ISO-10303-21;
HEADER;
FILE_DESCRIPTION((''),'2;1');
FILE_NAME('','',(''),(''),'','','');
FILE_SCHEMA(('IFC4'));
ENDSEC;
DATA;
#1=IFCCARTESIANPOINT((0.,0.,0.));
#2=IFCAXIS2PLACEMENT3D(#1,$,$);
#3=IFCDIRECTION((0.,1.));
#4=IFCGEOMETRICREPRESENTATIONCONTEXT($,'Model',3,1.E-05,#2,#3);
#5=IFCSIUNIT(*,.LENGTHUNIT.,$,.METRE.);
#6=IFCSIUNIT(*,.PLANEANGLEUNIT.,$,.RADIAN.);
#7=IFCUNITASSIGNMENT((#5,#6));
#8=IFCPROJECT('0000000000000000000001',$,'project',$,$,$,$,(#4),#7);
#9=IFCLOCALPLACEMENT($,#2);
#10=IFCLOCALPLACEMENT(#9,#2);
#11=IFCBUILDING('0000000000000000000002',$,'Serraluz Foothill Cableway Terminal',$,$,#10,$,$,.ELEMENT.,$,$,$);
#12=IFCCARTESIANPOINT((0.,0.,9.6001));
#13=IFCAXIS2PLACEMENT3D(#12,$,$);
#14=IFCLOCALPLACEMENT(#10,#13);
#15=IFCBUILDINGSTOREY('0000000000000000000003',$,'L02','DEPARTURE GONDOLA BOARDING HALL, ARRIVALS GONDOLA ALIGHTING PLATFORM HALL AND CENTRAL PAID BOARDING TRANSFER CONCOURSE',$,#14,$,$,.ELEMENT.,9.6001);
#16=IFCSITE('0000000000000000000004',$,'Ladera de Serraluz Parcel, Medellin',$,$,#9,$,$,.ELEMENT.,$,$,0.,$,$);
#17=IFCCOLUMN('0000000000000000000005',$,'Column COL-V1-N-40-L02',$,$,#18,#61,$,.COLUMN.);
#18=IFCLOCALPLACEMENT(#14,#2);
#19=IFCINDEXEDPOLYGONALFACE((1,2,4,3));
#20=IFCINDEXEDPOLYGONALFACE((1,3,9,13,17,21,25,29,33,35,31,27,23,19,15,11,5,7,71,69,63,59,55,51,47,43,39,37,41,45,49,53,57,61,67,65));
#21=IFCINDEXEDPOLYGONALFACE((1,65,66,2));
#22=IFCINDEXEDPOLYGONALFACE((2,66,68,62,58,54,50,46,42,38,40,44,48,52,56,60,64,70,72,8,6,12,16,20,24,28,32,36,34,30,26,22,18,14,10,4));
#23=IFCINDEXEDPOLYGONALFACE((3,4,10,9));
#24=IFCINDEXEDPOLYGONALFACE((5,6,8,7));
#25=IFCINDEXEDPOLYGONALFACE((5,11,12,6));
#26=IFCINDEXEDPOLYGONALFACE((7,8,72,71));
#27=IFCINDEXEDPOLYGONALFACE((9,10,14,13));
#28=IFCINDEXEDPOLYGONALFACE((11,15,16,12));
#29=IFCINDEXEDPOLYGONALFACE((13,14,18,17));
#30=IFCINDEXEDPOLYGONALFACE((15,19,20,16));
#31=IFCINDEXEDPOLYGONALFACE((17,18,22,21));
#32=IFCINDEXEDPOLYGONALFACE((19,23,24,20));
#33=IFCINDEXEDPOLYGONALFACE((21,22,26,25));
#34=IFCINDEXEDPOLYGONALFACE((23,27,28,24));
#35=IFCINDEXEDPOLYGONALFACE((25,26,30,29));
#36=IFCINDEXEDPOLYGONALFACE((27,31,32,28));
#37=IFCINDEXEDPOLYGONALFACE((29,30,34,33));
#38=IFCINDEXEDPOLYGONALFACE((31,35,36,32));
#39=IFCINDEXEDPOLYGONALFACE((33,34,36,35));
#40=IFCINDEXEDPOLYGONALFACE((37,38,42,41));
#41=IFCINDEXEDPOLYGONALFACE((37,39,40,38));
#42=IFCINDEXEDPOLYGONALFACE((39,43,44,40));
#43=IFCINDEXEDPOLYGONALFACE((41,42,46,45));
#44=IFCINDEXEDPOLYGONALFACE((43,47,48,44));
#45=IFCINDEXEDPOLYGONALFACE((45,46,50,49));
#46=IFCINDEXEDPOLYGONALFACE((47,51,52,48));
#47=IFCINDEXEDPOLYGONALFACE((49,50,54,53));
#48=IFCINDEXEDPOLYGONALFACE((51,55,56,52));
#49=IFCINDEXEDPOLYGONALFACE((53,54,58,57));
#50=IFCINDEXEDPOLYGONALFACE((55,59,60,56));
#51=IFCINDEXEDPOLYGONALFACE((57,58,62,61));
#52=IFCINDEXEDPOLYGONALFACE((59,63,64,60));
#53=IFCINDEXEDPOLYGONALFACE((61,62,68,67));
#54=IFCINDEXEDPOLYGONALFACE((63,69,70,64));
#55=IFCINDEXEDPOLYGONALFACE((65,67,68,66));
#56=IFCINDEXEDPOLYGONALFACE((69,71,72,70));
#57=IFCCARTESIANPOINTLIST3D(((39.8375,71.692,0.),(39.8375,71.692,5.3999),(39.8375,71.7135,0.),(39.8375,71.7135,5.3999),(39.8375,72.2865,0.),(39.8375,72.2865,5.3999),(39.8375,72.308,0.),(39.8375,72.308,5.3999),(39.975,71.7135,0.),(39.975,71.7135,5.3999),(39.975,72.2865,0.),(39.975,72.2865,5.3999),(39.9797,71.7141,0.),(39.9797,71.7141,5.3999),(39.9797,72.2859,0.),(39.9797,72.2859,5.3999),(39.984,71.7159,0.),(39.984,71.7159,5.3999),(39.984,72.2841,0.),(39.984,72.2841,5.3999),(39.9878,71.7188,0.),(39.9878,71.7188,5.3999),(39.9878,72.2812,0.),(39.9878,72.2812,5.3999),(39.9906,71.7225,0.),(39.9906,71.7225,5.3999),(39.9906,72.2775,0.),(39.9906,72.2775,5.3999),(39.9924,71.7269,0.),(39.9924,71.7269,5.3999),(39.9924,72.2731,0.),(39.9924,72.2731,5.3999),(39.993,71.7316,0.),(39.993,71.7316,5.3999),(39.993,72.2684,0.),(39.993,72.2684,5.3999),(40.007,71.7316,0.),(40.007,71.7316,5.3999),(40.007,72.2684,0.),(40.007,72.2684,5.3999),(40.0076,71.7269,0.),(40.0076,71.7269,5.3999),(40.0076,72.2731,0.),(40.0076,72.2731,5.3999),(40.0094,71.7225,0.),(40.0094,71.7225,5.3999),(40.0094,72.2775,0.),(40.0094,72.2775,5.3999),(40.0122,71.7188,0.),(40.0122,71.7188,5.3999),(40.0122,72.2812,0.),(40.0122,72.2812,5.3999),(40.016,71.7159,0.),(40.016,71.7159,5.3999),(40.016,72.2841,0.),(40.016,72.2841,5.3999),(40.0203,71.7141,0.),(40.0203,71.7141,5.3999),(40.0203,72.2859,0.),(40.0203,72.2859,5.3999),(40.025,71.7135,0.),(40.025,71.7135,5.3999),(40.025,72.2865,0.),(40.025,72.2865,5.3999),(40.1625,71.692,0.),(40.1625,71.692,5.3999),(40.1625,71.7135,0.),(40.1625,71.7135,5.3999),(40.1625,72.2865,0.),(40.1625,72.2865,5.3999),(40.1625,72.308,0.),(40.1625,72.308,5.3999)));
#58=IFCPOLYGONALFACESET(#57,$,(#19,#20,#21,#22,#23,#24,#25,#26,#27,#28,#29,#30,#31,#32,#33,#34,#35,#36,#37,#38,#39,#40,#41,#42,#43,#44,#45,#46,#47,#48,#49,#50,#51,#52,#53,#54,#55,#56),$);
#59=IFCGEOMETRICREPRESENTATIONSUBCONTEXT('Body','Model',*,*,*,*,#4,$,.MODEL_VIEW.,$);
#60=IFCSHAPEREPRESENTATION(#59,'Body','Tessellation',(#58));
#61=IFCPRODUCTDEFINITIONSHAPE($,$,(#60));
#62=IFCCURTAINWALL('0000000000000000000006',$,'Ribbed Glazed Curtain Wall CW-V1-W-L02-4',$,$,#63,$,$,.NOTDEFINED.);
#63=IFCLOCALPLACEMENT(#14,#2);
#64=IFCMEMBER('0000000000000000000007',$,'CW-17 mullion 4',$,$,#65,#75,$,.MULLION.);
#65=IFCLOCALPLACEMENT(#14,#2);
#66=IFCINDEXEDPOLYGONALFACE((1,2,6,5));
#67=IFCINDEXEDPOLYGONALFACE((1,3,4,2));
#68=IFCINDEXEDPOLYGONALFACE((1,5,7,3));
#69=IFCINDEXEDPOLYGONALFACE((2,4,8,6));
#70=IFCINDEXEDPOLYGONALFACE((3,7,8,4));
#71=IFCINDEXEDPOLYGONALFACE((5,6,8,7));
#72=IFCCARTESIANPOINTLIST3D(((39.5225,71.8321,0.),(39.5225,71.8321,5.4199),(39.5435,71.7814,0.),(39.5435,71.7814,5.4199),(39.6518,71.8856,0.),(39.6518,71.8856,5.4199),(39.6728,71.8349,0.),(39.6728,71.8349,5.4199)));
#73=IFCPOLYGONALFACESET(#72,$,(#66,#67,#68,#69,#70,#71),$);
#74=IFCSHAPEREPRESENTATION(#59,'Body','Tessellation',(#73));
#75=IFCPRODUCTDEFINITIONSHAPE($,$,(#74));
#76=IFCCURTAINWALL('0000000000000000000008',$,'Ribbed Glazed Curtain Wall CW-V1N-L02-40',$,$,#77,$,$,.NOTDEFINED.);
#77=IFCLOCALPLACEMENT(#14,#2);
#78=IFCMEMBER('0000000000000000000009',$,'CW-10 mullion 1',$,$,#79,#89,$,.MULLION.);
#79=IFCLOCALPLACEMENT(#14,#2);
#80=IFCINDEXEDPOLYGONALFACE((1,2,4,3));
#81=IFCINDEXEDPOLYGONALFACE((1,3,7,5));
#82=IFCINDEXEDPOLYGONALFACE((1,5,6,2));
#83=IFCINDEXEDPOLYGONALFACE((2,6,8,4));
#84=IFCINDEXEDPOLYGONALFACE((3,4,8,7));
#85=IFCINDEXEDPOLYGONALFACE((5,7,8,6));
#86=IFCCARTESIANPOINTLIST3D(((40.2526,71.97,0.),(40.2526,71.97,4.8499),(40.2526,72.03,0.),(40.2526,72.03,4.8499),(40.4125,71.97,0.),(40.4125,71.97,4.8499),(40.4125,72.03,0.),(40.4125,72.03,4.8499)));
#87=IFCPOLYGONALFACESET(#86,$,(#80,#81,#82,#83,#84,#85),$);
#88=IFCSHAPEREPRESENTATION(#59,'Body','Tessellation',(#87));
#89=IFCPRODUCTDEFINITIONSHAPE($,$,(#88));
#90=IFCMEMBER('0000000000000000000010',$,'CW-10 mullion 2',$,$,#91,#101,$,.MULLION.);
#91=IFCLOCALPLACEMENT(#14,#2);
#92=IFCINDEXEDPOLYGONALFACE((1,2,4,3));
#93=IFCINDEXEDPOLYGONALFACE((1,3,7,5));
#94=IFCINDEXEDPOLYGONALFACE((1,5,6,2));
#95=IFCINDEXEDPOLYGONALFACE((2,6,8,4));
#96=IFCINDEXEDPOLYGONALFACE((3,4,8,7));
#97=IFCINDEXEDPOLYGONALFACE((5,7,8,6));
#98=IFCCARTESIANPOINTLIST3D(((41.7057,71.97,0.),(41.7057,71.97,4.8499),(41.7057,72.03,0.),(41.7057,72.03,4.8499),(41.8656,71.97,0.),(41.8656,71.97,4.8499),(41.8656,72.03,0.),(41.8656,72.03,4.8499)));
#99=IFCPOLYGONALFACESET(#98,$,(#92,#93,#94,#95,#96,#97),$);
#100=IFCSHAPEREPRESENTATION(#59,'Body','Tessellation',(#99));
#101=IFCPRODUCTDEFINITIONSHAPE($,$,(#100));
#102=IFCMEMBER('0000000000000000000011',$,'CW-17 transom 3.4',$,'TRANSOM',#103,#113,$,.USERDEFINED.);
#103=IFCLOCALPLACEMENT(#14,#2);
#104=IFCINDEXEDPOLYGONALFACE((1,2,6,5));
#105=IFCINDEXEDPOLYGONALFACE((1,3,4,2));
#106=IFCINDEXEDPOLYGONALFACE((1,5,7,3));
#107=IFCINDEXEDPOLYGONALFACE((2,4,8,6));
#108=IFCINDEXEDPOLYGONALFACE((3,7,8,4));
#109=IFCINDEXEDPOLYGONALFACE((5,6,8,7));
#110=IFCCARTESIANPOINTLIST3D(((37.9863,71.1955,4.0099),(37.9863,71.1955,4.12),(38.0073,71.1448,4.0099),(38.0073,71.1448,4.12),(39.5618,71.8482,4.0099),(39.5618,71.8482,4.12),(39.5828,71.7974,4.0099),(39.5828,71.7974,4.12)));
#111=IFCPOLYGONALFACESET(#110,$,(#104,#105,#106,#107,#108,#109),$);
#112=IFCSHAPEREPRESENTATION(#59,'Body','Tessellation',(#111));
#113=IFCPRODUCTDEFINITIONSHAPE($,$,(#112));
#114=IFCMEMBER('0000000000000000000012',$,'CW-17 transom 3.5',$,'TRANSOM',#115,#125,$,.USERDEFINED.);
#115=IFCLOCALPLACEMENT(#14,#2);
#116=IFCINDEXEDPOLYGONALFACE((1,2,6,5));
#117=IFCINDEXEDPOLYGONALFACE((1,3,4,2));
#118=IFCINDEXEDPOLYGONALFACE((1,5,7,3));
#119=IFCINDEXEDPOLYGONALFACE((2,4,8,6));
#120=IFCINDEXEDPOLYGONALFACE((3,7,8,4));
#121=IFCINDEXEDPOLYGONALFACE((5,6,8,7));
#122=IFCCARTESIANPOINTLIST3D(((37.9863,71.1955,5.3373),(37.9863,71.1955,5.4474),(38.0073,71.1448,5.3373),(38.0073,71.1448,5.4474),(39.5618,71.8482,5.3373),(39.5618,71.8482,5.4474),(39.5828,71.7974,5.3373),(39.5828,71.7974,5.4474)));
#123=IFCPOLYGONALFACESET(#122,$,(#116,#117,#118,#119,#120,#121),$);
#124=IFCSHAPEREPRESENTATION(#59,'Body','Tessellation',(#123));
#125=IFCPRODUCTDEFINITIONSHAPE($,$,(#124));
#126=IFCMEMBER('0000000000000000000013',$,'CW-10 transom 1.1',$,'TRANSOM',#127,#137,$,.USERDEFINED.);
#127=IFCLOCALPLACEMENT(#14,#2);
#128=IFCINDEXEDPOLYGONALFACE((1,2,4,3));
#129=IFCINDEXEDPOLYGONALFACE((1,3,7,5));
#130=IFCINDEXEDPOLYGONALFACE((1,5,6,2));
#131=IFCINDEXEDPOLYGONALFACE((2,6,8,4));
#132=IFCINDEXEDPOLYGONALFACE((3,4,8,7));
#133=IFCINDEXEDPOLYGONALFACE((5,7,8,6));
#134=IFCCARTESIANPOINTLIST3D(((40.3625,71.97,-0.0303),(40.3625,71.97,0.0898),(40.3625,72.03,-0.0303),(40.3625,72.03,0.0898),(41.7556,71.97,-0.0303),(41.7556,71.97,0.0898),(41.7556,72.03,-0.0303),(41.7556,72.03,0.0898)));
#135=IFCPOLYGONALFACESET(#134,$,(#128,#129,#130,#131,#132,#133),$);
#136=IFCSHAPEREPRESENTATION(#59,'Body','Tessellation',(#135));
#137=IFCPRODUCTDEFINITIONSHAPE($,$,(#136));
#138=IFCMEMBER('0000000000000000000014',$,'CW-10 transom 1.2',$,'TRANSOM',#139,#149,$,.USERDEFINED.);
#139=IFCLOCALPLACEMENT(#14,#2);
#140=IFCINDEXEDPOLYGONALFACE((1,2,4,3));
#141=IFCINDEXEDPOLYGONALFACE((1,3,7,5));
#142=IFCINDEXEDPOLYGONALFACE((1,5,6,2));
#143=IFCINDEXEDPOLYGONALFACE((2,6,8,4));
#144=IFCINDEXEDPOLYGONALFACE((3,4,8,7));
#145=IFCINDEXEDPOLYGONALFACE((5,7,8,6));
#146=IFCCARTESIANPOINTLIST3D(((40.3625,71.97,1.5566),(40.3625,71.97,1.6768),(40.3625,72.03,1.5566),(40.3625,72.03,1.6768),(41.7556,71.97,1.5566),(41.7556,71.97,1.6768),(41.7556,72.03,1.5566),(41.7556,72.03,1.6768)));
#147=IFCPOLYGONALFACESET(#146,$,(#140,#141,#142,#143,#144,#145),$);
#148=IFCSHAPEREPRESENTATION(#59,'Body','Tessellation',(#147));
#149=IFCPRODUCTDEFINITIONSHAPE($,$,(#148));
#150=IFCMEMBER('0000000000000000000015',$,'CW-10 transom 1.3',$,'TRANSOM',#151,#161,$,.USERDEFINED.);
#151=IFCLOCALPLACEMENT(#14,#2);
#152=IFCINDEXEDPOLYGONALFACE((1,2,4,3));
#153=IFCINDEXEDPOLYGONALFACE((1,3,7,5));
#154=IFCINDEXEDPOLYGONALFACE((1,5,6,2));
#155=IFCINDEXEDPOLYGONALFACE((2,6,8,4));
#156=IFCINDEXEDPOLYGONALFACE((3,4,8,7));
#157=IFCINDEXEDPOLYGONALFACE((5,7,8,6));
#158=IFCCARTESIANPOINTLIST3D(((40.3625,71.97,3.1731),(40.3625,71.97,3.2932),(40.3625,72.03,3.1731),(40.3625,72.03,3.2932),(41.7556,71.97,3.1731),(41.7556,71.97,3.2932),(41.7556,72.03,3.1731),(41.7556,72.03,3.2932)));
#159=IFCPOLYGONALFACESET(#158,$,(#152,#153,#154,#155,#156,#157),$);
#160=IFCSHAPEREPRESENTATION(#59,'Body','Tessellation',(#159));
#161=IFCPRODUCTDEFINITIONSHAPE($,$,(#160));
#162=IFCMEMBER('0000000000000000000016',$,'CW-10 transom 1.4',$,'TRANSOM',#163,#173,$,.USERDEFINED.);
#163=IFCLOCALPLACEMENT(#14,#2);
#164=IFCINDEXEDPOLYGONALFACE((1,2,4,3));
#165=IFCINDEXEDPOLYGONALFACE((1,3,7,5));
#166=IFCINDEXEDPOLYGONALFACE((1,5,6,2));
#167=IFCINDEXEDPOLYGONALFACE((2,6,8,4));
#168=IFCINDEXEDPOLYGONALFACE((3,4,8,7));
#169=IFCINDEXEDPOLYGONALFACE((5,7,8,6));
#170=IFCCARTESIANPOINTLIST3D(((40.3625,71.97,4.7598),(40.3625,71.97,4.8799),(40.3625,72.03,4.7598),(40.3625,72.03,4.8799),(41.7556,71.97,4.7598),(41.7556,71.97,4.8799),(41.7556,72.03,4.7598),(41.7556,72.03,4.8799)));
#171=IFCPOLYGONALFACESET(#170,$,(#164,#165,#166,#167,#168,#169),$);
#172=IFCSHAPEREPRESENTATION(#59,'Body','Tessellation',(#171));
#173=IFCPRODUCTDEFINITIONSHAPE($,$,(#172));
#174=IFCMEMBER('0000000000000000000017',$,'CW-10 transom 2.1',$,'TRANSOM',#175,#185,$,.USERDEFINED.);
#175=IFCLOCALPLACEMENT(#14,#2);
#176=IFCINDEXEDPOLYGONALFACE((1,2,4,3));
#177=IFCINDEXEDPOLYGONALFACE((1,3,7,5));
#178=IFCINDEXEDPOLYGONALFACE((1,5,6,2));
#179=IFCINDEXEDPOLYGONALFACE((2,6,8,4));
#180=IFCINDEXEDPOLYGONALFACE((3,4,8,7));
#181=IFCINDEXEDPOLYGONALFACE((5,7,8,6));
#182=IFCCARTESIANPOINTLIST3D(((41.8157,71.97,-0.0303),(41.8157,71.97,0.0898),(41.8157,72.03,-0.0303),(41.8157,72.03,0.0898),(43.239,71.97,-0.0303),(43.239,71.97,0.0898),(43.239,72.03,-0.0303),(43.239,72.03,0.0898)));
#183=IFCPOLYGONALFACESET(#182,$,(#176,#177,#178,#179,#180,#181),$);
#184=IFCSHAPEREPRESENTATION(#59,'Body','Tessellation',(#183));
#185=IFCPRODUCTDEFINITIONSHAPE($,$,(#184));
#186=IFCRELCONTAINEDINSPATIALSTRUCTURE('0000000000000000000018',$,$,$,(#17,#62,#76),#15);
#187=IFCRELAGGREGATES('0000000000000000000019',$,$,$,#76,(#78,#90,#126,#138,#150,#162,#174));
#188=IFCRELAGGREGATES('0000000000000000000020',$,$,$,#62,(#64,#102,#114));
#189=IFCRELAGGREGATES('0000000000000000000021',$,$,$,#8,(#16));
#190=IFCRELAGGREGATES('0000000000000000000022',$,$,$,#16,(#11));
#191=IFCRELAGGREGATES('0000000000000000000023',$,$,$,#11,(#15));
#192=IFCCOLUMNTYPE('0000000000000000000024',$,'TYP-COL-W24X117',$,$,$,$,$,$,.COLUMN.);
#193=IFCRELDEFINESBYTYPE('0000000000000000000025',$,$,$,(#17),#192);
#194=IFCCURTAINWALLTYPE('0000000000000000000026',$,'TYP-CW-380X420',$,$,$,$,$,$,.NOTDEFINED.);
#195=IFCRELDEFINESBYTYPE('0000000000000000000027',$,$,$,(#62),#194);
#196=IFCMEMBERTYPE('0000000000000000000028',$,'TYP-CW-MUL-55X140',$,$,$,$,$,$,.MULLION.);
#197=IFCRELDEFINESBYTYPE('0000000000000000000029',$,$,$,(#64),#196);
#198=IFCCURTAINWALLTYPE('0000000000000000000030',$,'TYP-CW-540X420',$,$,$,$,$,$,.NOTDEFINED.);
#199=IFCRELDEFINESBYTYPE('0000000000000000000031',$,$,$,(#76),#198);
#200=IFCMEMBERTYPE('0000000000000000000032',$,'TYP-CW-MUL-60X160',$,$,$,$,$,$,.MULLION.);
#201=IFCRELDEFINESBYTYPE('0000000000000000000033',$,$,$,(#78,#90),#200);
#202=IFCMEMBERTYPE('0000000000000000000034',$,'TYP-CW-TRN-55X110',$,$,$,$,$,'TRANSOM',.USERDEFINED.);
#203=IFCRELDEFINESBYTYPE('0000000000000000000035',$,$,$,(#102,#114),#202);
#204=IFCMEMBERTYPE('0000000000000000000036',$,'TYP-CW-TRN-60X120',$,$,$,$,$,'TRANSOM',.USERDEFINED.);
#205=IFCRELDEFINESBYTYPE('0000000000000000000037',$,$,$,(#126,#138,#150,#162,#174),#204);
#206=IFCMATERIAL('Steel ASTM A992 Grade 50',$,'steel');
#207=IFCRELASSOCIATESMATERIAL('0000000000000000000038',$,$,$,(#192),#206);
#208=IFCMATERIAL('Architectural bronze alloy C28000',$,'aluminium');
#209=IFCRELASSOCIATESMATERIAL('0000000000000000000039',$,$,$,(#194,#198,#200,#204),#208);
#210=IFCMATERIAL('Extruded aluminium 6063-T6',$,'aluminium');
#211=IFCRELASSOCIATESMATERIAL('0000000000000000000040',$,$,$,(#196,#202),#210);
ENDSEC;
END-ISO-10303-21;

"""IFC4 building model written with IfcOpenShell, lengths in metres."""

from ifc_helpers import new_model, si_unit, direction, frame, origin, origin_2d, place, context, subcontext, project, spatial, rectangle, i_section, extrude, material, material_profile, profile_set, type_object, element, aggregate, save


model = new_model("IFC4")

# Units and contexts
model_context = context("Model", 3, precision=1e-05, world=origin(), true_north=direction((0.0, 1.0)))
body_context = subcontext(model_context, "Body", "Model", "MODEL_VIEW")
ifc_project = project(units=[si_unit("LENGTHUNIT", "METRE"), si_unit("PLANEANGLEUNIT", "RADIAN")], contexts=[model_context])

# Site, building, storey
site_placement = place(None, origin())
site = spatial("IfcSite", under=ifc_project, at=site_placement, Name="Ladera de Serraluz Parcel, Medellin", CompositionType="ELEMENT", RefElevation=0.0)
building_placement = place(site_placement, origin())
building = spatial("IfcBuilding", under=site, at=building_placement, Name="Serraluz Foothill Cableway Terminal", CompositionType="ELEMENT")
storey_placement = place(building_placement, frame((0.0, 0.0, 9.6001)))
storey = spatial("IfcBuildingStorey", under=building, at=storey_placement, Name="L02", Description="DEPARTURE GONDOLA BOARDING HALL, ARRIVALS GONDOLA ALIGHTING PLATFORM HALL AND CENTRAL PAID BOARDING TRANSFER CONCOURSE", CompositionType="ELEMENT", Elevation=9.6001)

# Column
ifc_material_1 = material(Name="Steel ASTM A992 Grade 50", Category="steel")
ifc_material_profile_1 = material_profile(ifc_material_1, i_section(OverallWidth=0.325, OverallDepth=0.616, WebThickness=0.0139, FlangeThickness=0.0215, FilletRadius=0.0181, at=origin_2d()), Name="W24X117")
ifc_profile_set_1 = profile_set([ifc_material_profile_1], Name="Steel ASTM A992 Grade 50")
column_type = type_object("IfcColumnType", Name="TYP-COL-W24X117", PredefinedType="COLUMN", material=ifc_profile_set_1)
column_placement = place(storey_placement, frame((40.0, 72.0, 0.0), z_axis=(0.0, 0.0, 1.0), x_axis=(1.0, 0.0, 0.0)))
element("IfcColumn", 1, at=column_placement, inside=storey, type_object=column_type, Name="Column COL-V1-N-40-L02", PredefinedType="COLUMN", context=body_context, shape_type="SweptSolid", body=[
    extrude(i_section(OverallWidth=0.325, OverallDepth=0.616, WebThickness=0.0139, FlangeThickness=0.0215, FilletRadius=0.0181, at=origin_2d()), origin(), (0.0, 0.0, 1.0), 5.3999),
])

# Curtain wall, member
ifc_material_2 = material(Name="Architectural bronze alloy C28000", Category="aluminium")
curtain_wall_type_1 = type_object("IfcCurtainWallType", Name="TYP-CW-380X420", PredefinedType="NOTDEFINED", material=ifc_material_2)
curtain_wall_1_placement = place(storey_placement, origin())
curtain_wall_1 = element("IfcCurtainWall", 2, at=curtain_wall_1_placement, inside=storey, type_object=curtain_wall_type_1, Name="Ribbed Glazed Curtain Wall CW-V1-W-L02-4", PredefinedType="NOTDEFINED")
ifc_material_3 = material(Name="Extruded aluminium 6063-T6", Category="aluminium")
ifc_material_profile_2 = material_profile(ifc_material_3, rectangle(XDim=0.0549, YDim=0.1399, at=origin_2d()), Name="ALU MULLION 55x140")
ifc_profile_set_2 = profile_set([ifc_material_profile_2], Name="Extruded aluminium 6063-T6")
member_type_1 = type_object("IfcMemberType", Name="TYP-CW-MUL-55X140", PredefinedType="MULLION", material=ifc_profile_set_2)
member_1_placement = place(storey_placement, frame((39.5977, 71.8335, 0.0), z_axis=(0.0, 0.0, 1.0), x_axis=(-0.382682, 0.92388, 0.0)))
member_1 = element("IfcMember", 3, at=member_1_placement, type_object=member_type_1, Name="CW-17 mullion 4", PredefinedType="MULLION", context=body_context, shape_type="SweptSolid", body=[
    extrude(rectangle(XDim=0.0549, YDim=0.1399, at=origin_2d()), origin(), (0.0, 0.0, 1.0), 5.4199),
])

# Curtain wall, members
curtain_wall_type_2 = type_object("IfcCurtainWallType", Name="TYP-CW-540X420", PredefinedType="NOTDEFINED", material=ifc_material_2)
curtain_wall_2_placement = place(storey_placement, origin())
curtain_wall_2 = element("IfcCurtainWall", 4, at=curtain_wall_2_placement, inside=storey, type_object=curtain_wall_type_2, Name="Ribbed Glazed Curtain Wall CW-V1N-L02-40", PredefinedType="NOTDEFINED")
ifc_material_profile_3 = material_profile(ifc_material_2, rectangle(XDim=0.0601, YDim=0.1599, at=origin_2d()), Name="ALU MULLION 60x160")
ifc_profile_set_3 = profile_set([ifc_material_profile_3], Name="Architectural bronze alloy C28000")
member_type_2 = type_object("IfcMemberType", Name="TYP-CW-MUL-60X160", PredefinedType="MULLION", material=ifc_profile_set_3)
member_2_placement = place(storey_placement, frame((40.3325, 72.0, 0.0), z_axis=(0.0, 0.0, 1.0), x_axis=(0.0, 1.0, 0.0)))
member_2 = element("IfcMember", 5, at=member_2_placement, type_object=member_type_2, Name="CW-10 mullion 1", PredefinedType="MULLION", context=body_context, shape_type="SweptSolid", body=[
    extrude(rectangle(XDim=0.0601, YDim=0.1599, at=origin_2d()), origin(), (0.0, 0.0, 1.0), 4.8499),
])
member_3_placement = place(storey_placement, frame((41.7856, 72.0, 0.0), z_axis=(0.0, 0.0, 1.0), x_axis=(0.0, 1.0, 0.0)))
member_3 = element("IfcMember", 6, at=member_3_placement, type_object=member_type_2, Name="CW-10 mullion 2", PredefinedType="MULLION", context=body_context, shape_type="SweptSolid", body=[
    extrude(rectangle(XDim=0.0601, YDim=0.1599, at=origin_2d()), origin(), (0.0, 0.0, 1.0), 4.8499),
])

# Members
ifc_material_profile_4 = material_profile(ifc_material_3, rectangle(XDim=0.0549, YDim=0.1101, at=origin_2d()), Name="ALU TRANSOM 55x110")
ifc_profile_set_4 = profile_set([ifc_material_profile_4], Name="Extruded aluminium 6063-T6")
member_type_3 = type_object("IfcMemberType", Name="TYP-CW-TRN-55X110", ElementType="TRANSOM", PredefinedType="USERDEFINED", material=ifc_profile_set_4)
member_4_placement = place(storey_placement, frame((37.9968, 71.1702, 4.0649), z_axis=(0.923875, 0.382693, 0.0), x_axis=(-0.382693, 0.923875, 0.0)))
member_4 = element("IfcMember", 7, at=member_4_placement, type_object=member_type_3, Name="CW-17 transom 3.4", ObjectType="TRANSOM", PredefinedType="USERDEFINED", context=body_context, shape_type="SweptSolid", body=[
    extrude(rectangle(XDim=0.0549, YDim=0.1101, at=origin_2d()), origin(), (0.0, 0.0, 1.0), 1.7053),
])
member_5_placement = place(storey_placement, frame((37.9968, 71.1702, 5.3923), z_axis=(0.923875, 0.382693, 0.0), x_axis=(-0.382693, 0.923875, 0.0)))
member_5 = element("IfcMember", 8, at=member_5_placement, type_object=member_type_3, Name="CW-17 transom 3.5", ObjectType="TRANSOM", PredefinedType="USERDEFINED", context=body_context, shape_type="SweptSolid", body=[
    extrude(rectangle(XDim=0.0549, YDim=0.1101, at=origin_2d()), origin(), (0.0, 0.0, 1.0), 1.7053),
])
ifc_material_profile_5 = material_profile(ifc_material_2, rectangle(XDim=0.0601, YDim=0.1201, at=origin_2d()), Name="ALU TRANSOM 60x120")
ifc_profile_set_5 = profile_set([ifc_material_profile_5], Name="Architectural bronze alloy C28000")
member_type_4 = type_object("IfcMemberType", Name="TYP-CW-TRN-60X120", ElementType="TRANSOM", PredefinedType="USERDEFINED", material=ifc_profile_set_5)
member_6_placement = place(storey_placement, frame((40.3625, 72.0, 0.0298), z_axis=(1.0, 0.0, 0.0), x_axis=(0.0, 1.0, 0.0)))
member_6 = element("IfcMember", 9, at=member_6_placement, type_object=member_type_4, Name="CW-10 transom 1.1", ObjectType="TRANSOM", PredefinedType="USERDEFINED", context=body_context, shape_type="SweptSolid", body=[
    extrude(rectangle(XDim=0.0601, YDim=0.1201, at=origin_2d()), origin(), (0.0, 0.0, 1.0), 1.3931),
])
member_7_placement = place(storey_placement, frame((40.3625, 72.0, 1.6167), z_axis=(1.0, 0.0, 0.0), x_axis=(0.0, 1.0, 0.0)))
member_7 = element("IfcMember", 10, at=member_7_placement, type_object=member_type_4, Name="CW-10 transom 1.2", ObjectType="TRANSOM", PredefinedType="USERDEFINED", context=body_context, shape_type="SweptSolid", body=[
    extrude(rectangle(XDim=0.0601, YDim=0.1201, at=origin_2d()), origin(), (0.0, 0.0, 1.0), 1.3931),
])
member_8_placement = place(storey_placement, frame((40.3625, 72.0, 3.2332), z_axis=(1.0, 0.0, 0.0), x_axis=(0.0, 1.0, 0.0)))
member_8 = element("IfcMember", 11, at=member_8_placement, type_object=member_type_4, Name="CW-10 transom 1.3", ObjectType="TRANSOM", PredefinedType="USERDEFINED", context=body_context, shape_type="SweptSolid", body=[
    extrude(rectangle(XDim=0.0601, YDim=0.1201, at=origin_2d()), origin(), (0.0, 0.0, 1.0), 1.3931),
])
member_9_placement = place(storey_placement, frame((40.3625, 72.0, 4.8198), z_axis=(1.0, 0.0, 0.0), x_axis=(0.0, 1.0, 0.0)))
member_9 = element("IfcMember", 12, at=member_9_placement, type_object=member_type_4, Name="CW-10 transom 1.4", ObjectType="TRANSOM", PredefinedType="USERDEFINED", context=body_context, shape_type="SweptSolid", body=[
    extrude(rectangle(XDim=0.0601, YDim=0.1201, at=origin_2d()), origin(), (0.0, 0.0, 1.0), 1.3931),
])
member_10_placement = place(storey_placement, frame((41.8157, 72.0, 0.0298), z_axis=(1.0, 0.0, 0.0), x_axis=(0.0, 1.0, 0.0)))
member_10 = element("IfcMember", 13, at=member_10_placement, type_object=member_type_4, Name="CW-10 transom 2.1", ObjectType="TRANSOM", PredefinedType="USERDEFINED", context=body_context, shape_type="SweptSolid", body=[
    extrude(rectangle(XDim=0.0601, YDim=0.1201, at=origin_2d()), origin(), (0.0, 0.0, 1.0), 1.4233),
])

aggregate(curtain_wall_2, [member_2, member_3, member_6, member_7, member_8, member_9, member_10])
aggregate(curtain_wall_1, [member_1, member_4, member_5])

save(model, "model.ifc")
